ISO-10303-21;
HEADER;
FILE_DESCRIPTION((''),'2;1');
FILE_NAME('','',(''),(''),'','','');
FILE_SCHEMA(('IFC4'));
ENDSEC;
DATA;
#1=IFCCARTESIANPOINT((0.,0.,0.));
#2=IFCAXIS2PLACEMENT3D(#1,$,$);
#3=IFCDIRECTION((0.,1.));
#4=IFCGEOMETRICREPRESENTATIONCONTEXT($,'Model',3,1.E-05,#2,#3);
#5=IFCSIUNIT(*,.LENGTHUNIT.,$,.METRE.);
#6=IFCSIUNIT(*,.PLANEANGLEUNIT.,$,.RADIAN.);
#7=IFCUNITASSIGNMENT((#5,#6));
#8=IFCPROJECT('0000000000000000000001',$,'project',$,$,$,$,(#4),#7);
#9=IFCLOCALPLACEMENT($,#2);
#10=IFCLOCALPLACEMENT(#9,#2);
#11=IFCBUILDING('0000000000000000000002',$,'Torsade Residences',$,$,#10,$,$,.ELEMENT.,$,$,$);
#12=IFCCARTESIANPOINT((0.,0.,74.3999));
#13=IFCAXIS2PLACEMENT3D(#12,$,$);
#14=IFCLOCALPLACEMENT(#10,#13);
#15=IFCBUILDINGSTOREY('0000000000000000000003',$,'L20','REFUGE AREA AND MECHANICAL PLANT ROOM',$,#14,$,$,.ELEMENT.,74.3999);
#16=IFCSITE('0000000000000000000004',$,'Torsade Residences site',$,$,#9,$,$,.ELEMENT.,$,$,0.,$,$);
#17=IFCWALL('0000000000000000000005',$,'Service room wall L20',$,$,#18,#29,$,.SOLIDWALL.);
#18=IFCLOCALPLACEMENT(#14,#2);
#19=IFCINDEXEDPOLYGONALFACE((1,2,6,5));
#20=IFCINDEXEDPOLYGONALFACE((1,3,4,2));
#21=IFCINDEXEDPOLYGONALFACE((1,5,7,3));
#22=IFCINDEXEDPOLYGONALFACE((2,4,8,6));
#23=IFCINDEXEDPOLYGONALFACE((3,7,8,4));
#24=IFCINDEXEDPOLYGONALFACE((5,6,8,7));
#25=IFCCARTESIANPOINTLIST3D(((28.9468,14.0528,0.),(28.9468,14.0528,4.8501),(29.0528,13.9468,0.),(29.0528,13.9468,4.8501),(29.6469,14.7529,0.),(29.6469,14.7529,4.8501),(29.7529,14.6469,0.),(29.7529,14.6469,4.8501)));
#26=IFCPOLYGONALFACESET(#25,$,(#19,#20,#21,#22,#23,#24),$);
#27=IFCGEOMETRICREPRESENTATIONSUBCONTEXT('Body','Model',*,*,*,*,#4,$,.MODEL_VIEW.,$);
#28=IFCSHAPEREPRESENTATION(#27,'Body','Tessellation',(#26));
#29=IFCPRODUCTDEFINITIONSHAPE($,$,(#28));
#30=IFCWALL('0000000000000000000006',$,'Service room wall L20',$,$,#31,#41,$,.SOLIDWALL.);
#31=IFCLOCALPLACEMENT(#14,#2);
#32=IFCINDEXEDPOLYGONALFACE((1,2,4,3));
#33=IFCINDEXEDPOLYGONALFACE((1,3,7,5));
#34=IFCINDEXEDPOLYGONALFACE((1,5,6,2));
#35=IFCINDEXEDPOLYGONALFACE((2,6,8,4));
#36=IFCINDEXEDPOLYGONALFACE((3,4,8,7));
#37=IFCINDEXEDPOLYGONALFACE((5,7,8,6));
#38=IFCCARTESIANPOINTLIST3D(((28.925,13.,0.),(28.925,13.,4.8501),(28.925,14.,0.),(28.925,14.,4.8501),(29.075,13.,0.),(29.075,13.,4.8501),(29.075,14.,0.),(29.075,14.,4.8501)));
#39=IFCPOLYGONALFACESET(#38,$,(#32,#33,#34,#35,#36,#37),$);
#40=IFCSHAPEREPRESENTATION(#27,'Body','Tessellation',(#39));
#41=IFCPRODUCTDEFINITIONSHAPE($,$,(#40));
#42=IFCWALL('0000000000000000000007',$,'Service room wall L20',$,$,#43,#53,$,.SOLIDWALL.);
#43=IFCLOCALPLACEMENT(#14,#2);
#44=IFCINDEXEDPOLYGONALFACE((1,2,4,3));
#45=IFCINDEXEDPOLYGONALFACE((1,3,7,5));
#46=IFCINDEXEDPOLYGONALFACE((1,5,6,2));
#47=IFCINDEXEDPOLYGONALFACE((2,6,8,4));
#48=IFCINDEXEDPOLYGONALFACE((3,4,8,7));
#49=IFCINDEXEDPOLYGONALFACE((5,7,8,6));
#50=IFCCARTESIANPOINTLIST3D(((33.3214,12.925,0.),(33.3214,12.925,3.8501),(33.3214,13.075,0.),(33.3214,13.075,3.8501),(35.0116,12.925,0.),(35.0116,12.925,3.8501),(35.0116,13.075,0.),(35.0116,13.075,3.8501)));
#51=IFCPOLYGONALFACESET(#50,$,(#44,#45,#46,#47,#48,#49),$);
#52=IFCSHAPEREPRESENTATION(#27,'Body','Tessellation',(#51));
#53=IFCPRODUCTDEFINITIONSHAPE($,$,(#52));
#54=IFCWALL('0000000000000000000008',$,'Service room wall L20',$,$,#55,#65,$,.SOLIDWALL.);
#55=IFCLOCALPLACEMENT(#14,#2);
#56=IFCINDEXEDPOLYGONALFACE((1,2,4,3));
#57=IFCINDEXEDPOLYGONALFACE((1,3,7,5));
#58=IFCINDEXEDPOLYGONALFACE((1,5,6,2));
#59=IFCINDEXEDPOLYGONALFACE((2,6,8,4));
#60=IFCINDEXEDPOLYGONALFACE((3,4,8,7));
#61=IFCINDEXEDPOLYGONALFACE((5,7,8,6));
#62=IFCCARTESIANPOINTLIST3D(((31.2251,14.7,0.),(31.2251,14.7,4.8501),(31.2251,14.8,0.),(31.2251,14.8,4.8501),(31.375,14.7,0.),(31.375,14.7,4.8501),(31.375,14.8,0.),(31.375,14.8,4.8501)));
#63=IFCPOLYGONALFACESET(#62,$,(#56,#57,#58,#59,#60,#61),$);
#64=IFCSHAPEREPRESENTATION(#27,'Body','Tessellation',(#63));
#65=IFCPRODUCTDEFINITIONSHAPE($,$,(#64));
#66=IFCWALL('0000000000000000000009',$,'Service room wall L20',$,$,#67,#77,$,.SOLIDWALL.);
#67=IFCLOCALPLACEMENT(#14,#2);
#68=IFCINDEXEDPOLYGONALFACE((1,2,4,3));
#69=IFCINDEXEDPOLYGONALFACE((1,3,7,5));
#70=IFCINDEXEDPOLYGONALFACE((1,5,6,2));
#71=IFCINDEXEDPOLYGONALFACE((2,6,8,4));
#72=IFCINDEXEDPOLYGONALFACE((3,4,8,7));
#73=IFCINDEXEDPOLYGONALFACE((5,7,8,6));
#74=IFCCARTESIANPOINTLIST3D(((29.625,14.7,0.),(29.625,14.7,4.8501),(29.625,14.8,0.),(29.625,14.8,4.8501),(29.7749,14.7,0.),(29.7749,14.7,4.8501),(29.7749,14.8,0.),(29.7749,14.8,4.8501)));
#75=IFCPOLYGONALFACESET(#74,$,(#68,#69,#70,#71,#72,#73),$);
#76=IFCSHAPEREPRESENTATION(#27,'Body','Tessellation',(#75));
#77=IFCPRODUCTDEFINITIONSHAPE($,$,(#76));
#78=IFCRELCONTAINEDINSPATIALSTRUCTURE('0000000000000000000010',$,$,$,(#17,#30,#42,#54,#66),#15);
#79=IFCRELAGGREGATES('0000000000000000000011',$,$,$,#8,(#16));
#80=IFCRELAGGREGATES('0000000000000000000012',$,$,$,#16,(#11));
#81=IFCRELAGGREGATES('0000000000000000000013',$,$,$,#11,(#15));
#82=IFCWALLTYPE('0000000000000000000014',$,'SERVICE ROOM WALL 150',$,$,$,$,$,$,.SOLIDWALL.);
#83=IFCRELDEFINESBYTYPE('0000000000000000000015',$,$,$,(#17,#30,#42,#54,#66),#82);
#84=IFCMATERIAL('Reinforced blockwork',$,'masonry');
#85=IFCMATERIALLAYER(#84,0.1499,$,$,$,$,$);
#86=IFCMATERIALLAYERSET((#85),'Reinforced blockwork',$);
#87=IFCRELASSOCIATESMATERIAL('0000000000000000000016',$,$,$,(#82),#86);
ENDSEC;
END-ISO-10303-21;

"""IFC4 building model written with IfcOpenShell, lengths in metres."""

from ifc_helpers import new_model, si_unit, direction, frame, frame_2d, origin, place, context, subcontext, project, spatial, rectangle, extrude, material, layer, layer_set, type_object, element, save


model = new_model("IFC4")

# Units and contexts
model_context = context("Model", 3, precision=1e-05, world=origin(), true_north=direction((0.0, 1.0)))
body_context = subcontext(model_context, "Body", "Model", "MODEL_VIEW")
ifc_project = project(units=[si_unit("LENGTHUNIT", "METRE"), si_unit("PLANEANGLEUNIT", "RADIAN")], contexts=[model_context])

# Site, building, storey
site_placement = place(None, origin())
site = spatial("IfcSite", under=ifc_project, at=site_placement, Name="Torsade Residences site", CompositionType="ELEMENT", RefElevation=0.0)
building_placement = place(site_placement, origin())
building = spatial("IfcBuilding", under=site, at=building_placement, Name="Torsade Residences", CompositionType="ELEMENT")
storey_placement = place(building_placement, frame((0.0, 0.0, 74.3999)))
storey = spatial("IfcBuildingStorey", under=building, at=storey_placement, Name="L20", Description="REFUGE AREA AND MECHANICAL PLANT ROOM", CompositionType="ELEMENT", Elevation=74.3999)

# Walls
ifc_material_1 = material(Name="Reinforced blockwork", Category="masonry")
ifc_layer_1 = layer(ifc_material_1, 0.1499)
ifc_layer_set_1 = layer_set([ifc_layer_1], Name="Reinforced blockwork")
wall_type_1 = type_object("IfcWallType", Name="SERVICE ROOM WALL 150", PredefinedType="SOLIDWALL", material=ifc_layer_set_1)
wall_1_placement = place(storey_placement, frame((29.7, 14.7, 0.0), z_axis=(0.0, 0.0, 1.0), x_axis=(-0.707107, -0.707107, 0.0)))
element("IfcWall", 1, at=wall_1_placement, inside=storey, type_object=wall_type_1, Name="Service room wall L20", PredefinedType="SOLIDWALL", context=body_context, shape_type="SweptSolid", body=[
    extrude(rectangle(XDim=0.99, YDim=0.1499, at=frame_2d((0.4951, 0.0))), origin(), (0.0, 0.0, 1.0), 4.8501),
])
wall_2_placement = place(storey_placement, frame((29.0, 14.0, 0.0), z_axis=(0.0, 0.0, 1.0), x_axis=(0.0, -1.0, 0.0)))
element("IfcWall", 2, at=wall_2_placement, inside=storey, type_object=wall_type_1, Name="Service room wall L20", PredefinedType="SOLIDWALL", context=body_context, shape_type="SweptSolid", body=[
    extrude(rectangle(XDim=1.0, YDim=0.1499, at=frame_2d((0.5, 0.0))), origin(), (0.0, 0.0, 1.0), 4.8501),
])
wall_3_placement = place(storey_placement, frame((35.0117, 13.0, 0.0), z_axis=(0.0, 0.0, 1.0), x_axis=(-1.0, 0.0, 0.0)))
element("IfcWall", 3, at=wall_3_placement, inside=storey, type_object=wall_type_1, Name="Service room wall L20", PredefinedType="SOLIDWALL", context=body_context, shape_type="SweptSolid", body=[
    extrude(rectangle(XDim=1.6902, YDim=0.1499, at=frame_2d((0.8452, 0.0))), origin(), (0.0, 0.0, 1.0), 3.8501),
])
for number, where, z_axis, x_axis, name in (
    (4, (31.3, 14.8, 0.0), (0.0, 0.0, 1.0), (0.0, -1.0, 0.0), "Service room wall L20"),
    (5, (29.7, 14.8, 0.0), (0.0, 0.0, 1.0), (0.0, -1.0, 0.0), "Service room wall L20"),
):
    element("IfcWall", number, at=place(storey_placement, frame(where, z_axis=z_axis, x_axis=x_axis)), inside=storey, type_object=wall_type_1, Name=name, PredefinedType="SOLIDWALL", context=body_context, shape_type="SweptSolid", body=[
        extrude(rectangle(XDim=0.1001, YDim=0.1499, at=frame_2d((0.05, 0.0))), origin(), (0.0, 0.0, 1.0), 4.8501),
    ])

save(model, "model.ifc")
